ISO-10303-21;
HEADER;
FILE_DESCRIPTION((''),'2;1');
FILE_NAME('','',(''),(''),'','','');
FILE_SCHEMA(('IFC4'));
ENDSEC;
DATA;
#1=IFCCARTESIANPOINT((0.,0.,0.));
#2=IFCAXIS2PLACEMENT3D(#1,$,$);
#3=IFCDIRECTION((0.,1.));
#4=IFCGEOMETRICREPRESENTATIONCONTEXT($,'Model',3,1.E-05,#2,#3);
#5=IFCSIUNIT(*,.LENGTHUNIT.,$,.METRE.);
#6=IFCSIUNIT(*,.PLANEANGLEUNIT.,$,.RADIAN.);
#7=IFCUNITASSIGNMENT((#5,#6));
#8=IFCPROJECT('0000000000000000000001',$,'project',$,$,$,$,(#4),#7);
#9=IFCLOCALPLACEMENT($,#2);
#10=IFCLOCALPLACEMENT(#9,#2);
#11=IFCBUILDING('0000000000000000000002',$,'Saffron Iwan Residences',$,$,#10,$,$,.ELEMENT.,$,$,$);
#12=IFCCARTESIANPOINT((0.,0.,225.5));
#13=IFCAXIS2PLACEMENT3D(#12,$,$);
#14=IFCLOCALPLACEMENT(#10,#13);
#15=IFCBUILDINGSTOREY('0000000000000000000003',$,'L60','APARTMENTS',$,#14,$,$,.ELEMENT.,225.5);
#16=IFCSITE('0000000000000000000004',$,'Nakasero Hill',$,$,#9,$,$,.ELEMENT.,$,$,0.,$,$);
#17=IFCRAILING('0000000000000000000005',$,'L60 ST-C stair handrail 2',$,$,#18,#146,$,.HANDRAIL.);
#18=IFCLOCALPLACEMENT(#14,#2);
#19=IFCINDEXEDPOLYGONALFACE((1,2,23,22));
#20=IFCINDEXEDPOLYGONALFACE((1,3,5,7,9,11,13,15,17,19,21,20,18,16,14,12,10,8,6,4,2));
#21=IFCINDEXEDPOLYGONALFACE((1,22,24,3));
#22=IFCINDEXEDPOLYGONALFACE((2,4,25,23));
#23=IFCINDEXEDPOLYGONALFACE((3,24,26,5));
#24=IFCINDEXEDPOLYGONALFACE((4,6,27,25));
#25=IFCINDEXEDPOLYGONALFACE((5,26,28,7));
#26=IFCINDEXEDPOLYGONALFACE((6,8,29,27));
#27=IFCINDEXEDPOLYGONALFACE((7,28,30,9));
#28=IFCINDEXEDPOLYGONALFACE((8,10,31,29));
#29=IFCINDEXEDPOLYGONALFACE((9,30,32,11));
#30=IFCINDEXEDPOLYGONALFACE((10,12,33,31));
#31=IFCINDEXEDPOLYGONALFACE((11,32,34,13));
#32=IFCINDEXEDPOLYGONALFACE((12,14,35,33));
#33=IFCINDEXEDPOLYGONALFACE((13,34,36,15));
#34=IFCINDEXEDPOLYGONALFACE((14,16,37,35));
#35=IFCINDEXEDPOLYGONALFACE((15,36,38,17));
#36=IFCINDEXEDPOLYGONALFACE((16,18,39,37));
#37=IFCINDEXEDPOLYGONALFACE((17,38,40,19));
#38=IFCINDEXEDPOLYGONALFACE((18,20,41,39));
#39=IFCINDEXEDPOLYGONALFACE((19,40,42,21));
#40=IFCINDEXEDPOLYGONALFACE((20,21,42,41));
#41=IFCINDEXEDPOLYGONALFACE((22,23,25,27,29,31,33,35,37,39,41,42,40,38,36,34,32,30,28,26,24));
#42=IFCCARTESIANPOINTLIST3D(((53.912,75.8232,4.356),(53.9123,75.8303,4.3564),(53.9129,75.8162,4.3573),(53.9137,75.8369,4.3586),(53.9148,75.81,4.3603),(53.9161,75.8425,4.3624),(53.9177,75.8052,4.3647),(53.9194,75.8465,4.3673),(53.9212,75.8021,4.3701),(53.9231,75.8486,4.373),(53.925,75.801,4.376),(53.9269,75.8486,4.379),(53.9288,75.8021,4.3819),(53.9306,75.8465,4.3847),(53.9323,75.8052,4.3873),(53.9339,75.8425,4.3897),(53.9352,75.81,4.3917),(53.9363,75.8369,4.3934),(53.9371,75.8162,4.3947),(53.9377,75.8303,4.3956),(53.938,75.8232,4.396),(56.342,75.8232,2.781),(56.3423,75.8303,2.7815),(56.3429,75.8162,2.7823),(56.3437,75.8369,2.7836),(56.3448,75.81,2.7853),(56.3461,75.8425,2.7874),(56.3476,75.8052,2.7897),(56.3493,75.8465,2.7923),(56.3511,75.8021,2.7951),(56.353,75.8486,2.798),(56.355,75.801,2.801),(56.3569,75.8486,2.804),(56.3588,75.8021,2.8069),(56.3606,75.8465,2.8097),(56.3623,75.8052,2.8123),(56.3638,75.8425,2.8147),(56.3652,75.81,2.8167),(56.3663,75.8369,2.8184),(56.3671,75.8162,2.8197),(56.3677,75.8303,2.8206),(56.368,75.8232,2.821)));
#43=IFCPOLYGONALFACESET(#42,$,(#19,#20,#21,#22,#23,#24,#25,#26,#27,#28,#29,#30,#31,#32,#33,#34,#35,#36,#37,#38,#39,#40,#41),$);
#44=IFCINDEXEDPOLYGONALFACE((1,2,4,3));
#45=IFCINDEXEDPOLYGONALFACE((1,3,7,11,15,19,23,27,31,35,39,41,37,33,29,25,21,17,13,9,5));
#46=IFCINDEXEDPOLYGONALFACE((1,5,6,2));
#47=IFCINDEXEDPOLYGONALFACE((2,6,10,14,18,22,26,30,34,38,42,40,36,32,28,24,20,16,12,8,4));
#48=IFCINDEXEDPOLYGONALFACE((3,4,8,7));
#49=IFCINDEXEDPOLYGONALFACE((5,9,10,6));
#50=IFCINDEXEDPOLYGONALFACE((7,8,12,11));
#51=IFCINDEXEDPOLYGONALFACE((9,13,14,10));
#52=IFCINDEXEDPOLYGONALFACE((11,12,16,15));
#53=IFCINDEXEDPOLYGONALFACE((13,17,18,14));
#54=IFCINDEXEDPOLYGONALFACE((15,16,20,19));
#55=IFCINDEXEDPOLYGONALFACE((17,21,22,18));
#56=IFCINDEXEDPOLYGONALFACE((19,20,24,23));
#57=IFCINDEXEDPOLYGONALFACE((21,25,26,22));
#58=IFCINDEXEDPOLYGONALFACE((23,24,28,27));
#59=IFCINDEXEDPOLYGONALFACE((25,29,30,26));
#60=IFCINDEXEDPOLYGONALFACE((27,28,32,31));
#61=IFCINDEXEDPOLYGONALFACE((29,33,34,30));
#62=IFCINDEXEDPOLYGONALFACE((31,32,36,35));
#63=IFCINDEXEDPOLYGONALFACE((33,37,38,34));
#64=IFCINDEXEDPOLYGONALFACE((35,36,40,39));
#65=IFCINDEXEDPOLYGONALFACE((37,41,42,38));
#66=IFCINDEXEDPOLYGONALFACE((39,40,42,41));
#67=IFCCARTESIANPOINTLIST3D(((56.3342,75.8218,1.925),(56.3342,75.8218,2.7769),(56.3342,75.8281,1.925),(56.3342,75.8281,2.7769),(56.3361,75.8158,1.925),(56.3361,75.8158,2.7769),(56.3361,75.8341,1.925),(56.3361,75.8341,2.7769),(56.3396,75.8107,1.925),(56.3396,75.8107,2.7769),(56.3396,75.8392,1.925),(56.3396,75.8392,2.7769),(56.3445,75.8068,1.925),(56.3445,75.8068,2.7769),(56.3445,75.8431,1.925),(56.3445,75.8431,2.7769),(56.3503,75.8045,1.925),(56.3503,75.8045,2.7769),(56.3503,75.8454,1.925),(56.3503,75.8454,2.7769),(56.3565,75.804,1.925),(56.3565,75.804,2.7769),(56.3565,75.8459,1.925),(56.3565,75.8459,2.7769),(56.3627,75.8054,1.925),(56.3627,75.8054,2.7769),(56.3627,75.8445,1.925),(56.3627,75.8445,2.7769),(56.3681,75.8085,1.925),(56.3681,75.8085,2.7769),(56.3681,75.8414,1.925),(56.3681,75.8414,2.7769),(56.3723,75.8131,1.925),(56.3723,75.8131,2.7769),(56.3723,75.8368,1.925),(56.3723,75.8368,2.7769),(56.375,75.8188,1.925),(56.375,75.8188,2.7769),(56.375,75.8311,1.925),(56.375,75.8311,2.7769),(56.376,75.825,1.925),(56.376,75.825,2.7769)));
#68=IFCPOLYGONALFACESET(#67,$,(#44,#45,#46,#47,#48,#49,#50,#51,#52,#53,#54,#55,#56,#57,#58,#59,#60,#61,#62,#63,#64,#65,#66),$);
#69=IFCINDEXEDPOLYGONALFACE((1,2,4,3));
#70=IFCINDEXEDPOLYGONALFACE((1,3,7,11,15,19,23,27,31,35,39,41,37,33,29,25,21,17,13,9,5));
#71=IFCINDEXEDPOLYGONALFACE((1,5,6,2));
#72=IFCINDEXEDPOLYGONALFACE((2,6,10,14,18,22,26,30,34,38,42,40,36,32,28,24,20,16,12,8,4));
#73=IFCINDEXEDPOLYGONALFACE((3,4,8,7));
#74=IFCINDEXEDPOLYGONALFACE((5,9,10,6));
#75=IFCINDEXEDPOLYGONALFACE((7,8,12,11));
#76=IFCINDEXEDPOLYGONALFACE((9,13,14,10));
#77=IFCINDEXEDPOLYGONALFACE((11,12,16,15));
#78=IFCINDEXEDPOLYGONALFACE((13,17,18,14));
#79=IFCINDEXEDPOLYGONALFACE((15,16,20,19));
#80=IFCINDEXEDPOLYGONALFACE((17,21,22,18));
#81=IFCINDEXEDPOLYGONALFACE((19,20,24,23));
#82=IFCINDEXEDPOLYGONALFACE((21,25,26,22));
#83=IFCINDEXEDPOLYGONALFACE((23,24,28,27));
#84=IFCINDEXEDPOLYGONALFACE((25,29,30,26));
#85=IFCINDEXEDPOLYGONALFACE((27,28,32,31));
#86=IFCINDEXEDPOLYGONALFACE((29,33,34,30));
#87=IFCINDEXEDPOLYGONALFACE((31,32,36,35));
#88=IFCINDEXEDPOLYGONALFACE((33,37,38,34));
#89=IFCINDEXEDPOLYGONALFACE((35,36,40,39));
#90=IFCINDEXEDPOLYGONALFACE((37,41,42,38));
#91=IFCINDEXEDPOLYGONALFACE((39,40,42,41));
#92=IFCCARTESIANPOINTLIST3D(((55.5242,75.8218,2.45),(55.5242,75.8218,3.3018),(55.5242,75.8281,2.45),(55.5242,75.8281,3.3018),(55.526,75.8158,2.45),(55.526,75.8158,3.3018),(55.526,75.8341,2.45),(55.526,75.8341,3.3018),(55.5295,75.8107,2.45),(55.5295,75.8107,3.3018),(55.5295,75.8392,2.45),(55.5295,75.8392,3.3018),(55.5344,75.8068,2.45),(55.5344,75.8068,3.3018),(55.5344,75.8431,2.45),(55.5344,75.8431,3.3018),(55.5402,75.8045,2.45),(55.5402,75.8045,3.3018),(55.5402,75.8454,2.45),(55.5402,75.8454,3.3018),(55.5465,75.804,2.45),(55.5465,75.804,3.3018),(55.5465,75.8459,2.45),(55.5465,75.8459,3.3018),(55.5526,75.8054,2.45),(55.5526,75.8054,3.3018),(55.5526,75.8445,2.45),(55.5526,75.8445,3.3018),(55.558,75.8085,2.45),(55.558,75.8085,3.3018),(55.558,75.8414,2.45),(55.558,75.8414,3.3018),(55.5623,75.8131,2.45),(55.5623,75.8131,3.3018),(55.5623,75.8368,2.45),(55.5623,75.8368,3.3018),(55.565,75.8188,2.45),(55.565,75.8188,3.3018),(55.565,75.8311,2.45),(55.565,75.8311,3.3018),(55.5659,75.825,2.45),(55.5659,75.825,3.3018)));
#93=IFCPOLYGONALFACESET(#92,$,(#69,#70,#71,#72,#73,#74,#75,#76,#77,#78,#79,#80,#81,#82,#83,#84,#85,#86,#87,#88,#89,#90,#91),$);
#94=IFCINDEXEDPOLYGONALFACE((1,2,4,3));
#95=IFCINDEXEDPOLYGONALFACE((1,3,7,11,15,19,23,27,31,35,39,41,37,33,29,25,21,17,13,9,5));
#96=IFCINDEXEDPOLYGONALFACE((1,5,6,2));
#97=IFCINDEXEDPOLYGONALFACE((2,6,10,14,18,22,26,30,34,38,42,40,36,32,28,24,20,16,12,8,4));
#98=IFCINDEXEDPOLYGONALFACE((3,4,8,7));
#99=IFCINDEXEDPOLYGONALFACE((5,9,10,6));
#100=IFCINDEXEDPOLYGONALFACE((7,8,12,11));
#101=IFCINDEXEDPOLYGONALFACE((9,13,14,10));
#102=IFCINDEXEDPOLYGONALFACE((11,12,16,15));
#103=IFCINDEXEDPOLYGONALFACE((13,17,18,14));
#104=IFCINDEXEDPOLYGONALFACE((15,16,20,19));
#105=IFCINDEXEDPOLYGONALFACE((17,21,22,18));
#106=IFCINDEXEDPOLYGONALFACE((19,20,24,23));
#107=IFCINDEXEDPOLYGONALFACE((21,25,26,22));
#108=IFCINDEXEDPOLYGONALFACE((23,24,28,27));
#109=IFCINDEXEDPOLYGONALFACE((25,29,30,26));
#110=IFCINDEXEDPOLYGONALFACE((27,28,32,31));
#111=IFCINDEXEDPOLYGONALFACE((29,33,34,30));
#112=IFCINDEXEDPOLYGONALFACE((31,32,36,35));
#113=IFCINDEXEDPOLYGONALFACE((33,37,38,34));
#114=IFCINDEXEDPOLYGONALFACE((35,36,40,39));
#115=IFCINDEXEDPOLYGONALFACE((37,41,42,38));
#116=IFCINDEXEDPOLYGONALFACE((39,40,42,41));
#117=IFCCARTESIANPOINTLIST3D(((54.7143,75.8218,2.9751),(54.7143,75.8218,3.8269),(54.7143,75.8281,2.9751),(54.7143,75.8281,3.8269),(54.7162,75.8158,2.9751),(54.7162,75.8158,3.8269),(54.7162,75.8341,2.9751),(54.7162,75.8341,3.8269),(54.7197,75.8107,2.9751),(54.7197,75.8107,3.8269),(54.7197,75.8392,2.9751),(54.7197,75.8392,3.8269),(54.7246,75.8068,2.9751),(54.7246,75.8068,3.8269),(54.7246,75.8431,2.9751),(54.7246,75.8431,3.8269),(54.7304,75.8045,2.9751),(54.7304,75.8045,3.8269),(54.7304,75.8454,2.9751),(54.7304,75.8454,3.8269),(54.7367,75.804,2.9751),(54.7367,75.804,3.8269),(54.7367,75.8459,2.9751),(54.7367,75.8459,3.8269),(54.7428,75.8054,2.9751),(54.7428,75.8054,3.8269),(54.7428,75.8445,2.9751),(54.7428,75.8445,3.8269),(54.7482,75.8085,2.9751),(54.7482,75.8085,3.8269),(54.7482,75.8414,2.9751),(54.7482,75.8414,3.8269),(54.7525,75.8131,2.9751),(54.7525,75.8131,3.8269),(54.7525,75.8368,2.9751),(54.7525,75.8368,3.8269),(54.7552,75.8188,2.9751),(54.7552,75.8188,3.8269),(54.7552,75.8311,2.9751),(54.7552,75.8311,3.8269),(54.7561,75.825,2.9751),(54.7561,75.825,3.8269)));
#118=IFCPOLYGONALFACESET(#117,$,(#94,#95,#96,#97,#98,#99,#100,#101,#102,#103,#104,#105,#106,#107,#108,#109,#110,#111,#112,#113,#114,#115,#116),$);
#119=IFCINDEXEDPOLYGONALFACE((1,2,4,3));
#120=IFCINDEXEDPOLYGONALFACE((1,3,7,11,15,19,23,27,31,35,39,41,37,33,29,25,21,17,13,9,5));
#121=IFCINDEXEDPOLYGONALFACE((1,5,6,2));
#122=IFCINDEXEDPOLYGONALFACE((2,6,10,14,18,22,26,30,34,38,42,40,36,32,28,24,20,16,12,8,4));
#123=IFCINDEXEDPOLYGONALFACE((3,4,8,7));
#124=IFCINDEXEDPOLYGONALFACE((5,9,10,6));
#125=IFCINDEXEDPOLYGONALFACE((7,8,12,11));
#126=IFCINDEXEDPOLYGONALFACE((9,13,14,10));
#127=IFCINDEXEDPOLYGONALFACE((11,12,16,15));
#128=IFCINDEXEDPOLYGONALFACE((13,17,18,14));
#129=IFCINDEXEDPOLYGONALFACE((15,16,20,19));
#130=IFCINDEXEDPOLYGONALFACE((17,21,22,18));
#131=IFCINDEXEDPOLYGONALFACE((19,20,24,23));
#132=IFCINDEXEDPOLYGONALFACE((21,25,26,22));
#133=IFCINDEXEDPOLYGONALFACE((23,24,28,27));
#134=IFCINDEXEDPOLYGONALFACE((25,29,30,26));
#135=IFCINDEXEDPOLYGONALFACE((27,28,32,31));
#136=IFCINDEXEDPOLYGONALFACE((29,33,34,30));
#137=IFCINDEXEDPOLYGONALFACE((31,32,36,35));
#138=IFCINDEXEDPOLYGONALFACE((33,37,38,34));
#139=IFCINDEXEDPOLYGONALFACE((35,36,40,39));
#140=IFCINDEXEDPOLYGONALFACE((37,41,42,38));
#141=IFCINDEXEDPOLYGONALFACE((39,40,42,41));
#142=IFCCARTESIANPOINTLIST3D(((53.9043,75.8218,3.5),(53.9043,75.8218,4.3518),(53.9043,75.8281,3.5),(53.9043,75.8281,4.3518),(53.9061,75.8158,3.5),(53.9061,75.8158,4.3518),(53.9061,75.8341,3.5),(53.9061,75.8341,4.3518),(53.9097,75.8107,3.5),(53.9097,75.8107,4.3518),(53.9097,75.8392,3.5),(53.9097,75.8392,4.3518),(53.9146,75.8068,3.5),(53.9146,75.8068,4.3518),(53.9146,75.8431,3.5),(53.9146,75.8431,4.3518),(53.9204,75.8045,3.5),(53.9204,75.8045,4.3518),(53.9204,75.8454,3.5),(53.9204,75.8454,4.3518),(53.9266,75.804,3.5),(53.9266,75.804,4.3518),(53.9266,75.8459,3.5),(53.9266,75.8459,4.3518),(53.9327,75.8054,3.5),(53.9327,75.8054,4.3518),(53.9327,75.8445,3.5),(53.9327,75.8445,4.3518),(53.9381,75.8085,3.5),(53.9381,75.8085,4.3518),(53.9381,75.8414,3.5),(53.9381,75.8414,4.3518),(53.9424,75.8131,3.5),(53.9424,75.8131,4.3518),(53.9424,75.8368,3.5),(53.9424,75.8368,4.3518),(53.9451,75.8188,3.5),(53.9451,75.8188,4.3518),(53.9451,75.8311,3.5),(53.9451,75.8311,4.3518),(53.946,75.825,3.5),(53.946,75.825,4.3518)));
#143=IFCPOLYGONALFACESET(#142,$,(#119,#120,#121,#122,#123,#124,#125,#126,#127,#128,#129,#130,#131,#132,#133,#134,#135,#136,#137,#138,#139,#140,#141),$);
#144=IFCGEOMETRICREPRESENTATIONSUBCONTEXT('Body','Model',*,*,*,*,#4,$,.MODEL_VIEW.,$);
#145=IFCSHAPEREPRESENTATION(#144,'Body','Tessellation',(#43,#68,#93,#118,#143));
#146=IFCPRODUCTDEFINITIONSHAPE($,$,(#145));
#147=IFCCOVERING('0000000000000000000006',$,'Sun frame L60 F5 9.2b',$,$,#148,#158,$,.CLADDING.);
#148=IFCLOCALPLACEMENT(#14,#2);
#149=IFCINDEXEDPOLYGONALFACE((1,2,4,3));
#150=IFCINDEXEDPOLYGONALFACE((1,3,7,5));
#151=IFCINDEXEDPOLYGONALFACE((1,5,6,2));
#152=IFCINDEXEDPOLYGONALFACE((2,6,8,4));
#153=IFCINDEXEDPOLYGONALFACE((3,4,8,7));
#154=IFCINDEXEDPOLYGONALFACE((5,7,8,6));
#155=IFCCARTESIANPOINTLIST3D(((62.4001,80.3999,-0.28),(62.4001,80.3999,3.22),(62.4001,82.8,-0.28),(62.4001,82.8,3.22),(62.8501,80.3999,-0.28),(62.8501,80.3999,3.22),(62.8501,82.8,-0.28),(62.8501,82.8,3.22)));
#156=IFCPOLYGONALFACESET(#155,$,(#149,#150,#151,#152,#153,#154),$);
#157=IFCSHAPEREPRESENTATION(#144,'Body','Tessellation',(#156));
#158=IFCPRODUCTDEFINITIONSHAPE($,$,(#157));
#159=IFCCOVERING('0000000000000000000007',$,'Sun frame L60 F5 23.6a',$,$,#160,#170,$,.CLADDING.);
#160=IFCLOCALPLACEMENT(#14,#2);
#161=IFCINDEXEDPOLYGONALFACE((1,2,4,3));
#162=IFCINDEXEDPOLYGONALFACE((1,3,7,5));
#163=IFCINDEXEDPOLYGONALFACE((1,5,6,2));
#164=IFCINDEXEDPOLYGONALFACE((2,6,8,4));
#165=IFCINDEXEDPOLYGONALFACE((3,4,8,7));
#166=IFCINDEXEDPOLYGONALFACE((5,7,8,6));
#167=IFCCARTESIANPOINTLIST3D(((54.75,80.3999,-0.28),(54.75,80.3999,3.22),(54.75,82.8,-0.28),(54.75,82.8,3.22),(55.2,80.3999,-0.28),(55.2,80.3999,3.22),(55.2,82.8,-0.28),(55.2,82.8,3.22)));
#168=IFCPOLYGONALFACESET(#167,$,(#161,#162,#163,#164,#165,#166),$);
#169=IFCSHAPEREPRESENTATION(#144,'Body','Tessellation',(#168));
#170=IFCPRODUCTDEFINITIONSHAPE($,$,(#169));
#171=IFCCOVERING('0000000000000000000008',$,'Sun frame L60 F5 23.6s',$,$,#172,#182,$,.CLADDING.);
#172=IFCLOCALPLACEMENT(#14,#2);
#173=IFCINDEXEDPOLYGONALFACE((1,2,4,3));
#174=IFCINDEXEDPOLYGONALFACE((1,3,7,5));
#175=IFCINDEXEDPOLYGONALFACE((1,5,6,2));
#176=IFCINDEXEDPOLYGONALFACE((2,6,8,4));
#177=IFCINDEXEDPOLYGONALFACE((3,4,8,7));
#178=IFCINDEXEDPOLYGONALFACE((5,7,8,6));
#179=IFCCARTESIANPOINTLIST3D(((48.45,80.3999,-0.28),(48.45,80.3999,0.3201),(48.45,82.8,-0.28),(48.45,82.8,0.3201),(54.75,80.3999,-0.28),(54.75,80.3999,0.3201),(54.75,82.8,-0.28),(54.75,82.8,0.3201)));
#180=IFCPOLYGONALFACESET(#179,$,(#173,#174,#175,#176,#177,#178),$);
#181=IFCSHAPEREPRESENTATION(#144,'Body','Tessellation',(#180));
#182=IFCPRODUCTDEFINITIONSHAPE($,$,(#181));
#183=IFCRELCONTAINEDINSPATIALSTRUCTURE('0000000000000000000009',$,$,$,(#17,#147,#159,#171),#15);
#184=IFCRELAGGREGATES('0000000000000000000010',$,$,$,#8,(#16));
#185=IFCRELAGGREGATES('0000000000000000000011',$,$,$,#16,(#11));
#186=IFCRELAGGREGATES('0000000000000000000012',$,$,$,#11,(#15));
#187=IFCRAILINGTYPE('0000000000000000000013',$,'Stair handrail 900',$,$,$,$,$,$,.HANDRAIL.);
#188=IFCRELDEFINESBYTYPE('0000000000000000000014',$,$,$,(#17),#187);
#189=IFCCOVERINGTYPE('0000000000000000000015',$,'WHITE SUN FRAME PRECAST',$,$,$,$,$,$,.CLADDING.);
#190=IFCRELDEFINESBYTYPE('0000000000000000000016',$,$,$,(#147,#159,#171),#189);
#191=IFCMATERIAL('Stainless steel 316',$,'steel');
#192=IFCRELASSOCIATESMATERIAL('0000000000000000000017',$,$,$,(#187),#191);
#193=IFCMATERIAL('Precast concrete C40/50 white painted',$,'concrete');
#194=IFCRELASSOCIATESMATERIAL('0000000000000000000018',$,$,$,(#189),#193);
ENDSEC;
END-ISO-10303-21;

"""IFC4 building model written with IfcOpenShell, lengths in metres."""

from ifc_helpers import new_model, si_unit, direction, frame, origin, origin_2d, place, context, subcontext, project, spatial, polyline, circle, outline, extrude, material, type_object, element, save


model = new_model("IFC4")

# Units and contexts
model_context = context("Model", 3, precision=1e-05, world=origin(), true_north=direction((0.0, 1.0)))
body_context = subcontext(model_context, "Body", "Model", "MODEL_VIEW")
ifc_project = project(units=[si_unit("LENGTHUNIT", "METRE"), si_unit("PLANEANGLEUNIT", "RADIAN")], contexts=[model_context])

# Site, building, storey
site_placement = place(None, origin())
site = spatial("IfcSite", under=ifc_project, at=site_placement, Name="Nakasero Hill", CompositionType="ELEMENT", RefElevation=0.0)
building_placement = place(site_placement, origin())
building = spatial("IfcBuilding", under=site, at=building_placement, Name="Saffron Iwan Residences", CompositionType="ELEMENT")
storey_placement = place(building_placement, frame((0.0, 0.0, 225.5)))
storey = spatial("IfcBuildingStorey", under=building, at=storey_placement, Name="L60", Description="APARTMENTS", CompositionType="ELEMENT", Elevation=225.5)

# Railing
ifc_material_1 = material(Name="Stainless steel 316", Category="steel")
railing_type = type_object("IfcRailingType", Name="Stair handrail 900", PredefinedType="HANDRAIL", material=ifc_material_1)
railing_placement = place(storey_placement, frame((56.355, 75.825, 1.925)))
element("IfcRailing", 1, at=railing_placement, inside=storey, type_object=railing_type, Name="L60 ST-C stair handrail 2", PredefinedType="HANDRAIL", context=body_context, shape_type="SweptSolid", body=[
    extrude(circle(Radius=0.0239, at=origin_2d()), frame((0.0, 0.0, 0.876), z_axis=(-0.839154, 0.0, 0.543894), x_axis=(0.0, -1.0, 0.0)), (0.0, 0.0, 1.0), 2.8958),
    extrude(circle(Radius=0.021, at=origin_2d()), origin(), (0.0, 0.0, 1.0), 0.8518),
    extrude(circle(Radius=0.021, at=origin_2d()), frame((-0.8101, 0.0, 0.5249)), (0.0, 0.0, 1.0), 0.8518),
    extrude(circle(Radius=0.021, at=origin_2d()), frame((-1.6199, 0.0, 1.05)), (0.0, 0.0, 1.0), 0.8518),
    extrude(circle(Radius=0.021, at=origin_2d()), frame((-2.4299, 0.0, 1.575)), (0.0, 0.0, 1.0), 0.8518),
])

# Coverings
ifc_material_2 = material(Name="Precast concrete C40/50 white painted", Category="concrete")
covering_type_1 = type_object("IfcCoveringType", Name="WHITE SUN FRAME PRECAST", PredefinedType="CLADDING", material=ifc_material_2)
for number, where, z_axis, x_axis, name in (
    (2, (62.8501, 80.3999, -0.28), (0.0, 1.0, 0.0), (-1.0, 0.0, 0.0), "Sun frame L60 F5 9.2b"),
    (3, (55.2, 80.3999, -0.28), (0.0, 1.0, 0.0), (-1.0, 0.0, 0.0), "Sun frame L60 F5 23.6a"),
):
    element("IfcCovering", number, at=place(storey_placement, frame(where, z_axis=z_axis, x_axis=x_axis)), inside=storey, type_object=covering_type_1, Name=name, PredefinedType="CLADDING", context=body_context, shape_type="SweptSolid", body=[
        extrude(outline(polyline([(0.0, 0.0), (0.45, 0.0), (0.45, 3.5), (0.0, 3.5), (0.0, 0.0)])), origin(), (0.0, 0.0, 1.0), 2.4001),
    ])
covering_1_placement = place(storey_placement, frame((54.75, 80.3999, -0.28), z_axis=(0.0, 1.0, 0.0), x_axis=(-1.0, 0.0, 0.0)))
element("IfcCovering", 4, at=covering_1_placement, inside=storey, type_object=covering_type_1, Name="Sun frame L60 F5 23.6s", PredefinedType="CLADDING", context=body_context, shape_type="SweptSolid", body=[
    extrude(outline(polyline([(0.0, 0.0), (6.3, 0.0), (6.3, 0.6001), (0.0, 0.6001), (0.0, 0.0)])), origin(), (0.0, 0.0, 1.0), 2.4001),
])

save(model, "model.ifc")
